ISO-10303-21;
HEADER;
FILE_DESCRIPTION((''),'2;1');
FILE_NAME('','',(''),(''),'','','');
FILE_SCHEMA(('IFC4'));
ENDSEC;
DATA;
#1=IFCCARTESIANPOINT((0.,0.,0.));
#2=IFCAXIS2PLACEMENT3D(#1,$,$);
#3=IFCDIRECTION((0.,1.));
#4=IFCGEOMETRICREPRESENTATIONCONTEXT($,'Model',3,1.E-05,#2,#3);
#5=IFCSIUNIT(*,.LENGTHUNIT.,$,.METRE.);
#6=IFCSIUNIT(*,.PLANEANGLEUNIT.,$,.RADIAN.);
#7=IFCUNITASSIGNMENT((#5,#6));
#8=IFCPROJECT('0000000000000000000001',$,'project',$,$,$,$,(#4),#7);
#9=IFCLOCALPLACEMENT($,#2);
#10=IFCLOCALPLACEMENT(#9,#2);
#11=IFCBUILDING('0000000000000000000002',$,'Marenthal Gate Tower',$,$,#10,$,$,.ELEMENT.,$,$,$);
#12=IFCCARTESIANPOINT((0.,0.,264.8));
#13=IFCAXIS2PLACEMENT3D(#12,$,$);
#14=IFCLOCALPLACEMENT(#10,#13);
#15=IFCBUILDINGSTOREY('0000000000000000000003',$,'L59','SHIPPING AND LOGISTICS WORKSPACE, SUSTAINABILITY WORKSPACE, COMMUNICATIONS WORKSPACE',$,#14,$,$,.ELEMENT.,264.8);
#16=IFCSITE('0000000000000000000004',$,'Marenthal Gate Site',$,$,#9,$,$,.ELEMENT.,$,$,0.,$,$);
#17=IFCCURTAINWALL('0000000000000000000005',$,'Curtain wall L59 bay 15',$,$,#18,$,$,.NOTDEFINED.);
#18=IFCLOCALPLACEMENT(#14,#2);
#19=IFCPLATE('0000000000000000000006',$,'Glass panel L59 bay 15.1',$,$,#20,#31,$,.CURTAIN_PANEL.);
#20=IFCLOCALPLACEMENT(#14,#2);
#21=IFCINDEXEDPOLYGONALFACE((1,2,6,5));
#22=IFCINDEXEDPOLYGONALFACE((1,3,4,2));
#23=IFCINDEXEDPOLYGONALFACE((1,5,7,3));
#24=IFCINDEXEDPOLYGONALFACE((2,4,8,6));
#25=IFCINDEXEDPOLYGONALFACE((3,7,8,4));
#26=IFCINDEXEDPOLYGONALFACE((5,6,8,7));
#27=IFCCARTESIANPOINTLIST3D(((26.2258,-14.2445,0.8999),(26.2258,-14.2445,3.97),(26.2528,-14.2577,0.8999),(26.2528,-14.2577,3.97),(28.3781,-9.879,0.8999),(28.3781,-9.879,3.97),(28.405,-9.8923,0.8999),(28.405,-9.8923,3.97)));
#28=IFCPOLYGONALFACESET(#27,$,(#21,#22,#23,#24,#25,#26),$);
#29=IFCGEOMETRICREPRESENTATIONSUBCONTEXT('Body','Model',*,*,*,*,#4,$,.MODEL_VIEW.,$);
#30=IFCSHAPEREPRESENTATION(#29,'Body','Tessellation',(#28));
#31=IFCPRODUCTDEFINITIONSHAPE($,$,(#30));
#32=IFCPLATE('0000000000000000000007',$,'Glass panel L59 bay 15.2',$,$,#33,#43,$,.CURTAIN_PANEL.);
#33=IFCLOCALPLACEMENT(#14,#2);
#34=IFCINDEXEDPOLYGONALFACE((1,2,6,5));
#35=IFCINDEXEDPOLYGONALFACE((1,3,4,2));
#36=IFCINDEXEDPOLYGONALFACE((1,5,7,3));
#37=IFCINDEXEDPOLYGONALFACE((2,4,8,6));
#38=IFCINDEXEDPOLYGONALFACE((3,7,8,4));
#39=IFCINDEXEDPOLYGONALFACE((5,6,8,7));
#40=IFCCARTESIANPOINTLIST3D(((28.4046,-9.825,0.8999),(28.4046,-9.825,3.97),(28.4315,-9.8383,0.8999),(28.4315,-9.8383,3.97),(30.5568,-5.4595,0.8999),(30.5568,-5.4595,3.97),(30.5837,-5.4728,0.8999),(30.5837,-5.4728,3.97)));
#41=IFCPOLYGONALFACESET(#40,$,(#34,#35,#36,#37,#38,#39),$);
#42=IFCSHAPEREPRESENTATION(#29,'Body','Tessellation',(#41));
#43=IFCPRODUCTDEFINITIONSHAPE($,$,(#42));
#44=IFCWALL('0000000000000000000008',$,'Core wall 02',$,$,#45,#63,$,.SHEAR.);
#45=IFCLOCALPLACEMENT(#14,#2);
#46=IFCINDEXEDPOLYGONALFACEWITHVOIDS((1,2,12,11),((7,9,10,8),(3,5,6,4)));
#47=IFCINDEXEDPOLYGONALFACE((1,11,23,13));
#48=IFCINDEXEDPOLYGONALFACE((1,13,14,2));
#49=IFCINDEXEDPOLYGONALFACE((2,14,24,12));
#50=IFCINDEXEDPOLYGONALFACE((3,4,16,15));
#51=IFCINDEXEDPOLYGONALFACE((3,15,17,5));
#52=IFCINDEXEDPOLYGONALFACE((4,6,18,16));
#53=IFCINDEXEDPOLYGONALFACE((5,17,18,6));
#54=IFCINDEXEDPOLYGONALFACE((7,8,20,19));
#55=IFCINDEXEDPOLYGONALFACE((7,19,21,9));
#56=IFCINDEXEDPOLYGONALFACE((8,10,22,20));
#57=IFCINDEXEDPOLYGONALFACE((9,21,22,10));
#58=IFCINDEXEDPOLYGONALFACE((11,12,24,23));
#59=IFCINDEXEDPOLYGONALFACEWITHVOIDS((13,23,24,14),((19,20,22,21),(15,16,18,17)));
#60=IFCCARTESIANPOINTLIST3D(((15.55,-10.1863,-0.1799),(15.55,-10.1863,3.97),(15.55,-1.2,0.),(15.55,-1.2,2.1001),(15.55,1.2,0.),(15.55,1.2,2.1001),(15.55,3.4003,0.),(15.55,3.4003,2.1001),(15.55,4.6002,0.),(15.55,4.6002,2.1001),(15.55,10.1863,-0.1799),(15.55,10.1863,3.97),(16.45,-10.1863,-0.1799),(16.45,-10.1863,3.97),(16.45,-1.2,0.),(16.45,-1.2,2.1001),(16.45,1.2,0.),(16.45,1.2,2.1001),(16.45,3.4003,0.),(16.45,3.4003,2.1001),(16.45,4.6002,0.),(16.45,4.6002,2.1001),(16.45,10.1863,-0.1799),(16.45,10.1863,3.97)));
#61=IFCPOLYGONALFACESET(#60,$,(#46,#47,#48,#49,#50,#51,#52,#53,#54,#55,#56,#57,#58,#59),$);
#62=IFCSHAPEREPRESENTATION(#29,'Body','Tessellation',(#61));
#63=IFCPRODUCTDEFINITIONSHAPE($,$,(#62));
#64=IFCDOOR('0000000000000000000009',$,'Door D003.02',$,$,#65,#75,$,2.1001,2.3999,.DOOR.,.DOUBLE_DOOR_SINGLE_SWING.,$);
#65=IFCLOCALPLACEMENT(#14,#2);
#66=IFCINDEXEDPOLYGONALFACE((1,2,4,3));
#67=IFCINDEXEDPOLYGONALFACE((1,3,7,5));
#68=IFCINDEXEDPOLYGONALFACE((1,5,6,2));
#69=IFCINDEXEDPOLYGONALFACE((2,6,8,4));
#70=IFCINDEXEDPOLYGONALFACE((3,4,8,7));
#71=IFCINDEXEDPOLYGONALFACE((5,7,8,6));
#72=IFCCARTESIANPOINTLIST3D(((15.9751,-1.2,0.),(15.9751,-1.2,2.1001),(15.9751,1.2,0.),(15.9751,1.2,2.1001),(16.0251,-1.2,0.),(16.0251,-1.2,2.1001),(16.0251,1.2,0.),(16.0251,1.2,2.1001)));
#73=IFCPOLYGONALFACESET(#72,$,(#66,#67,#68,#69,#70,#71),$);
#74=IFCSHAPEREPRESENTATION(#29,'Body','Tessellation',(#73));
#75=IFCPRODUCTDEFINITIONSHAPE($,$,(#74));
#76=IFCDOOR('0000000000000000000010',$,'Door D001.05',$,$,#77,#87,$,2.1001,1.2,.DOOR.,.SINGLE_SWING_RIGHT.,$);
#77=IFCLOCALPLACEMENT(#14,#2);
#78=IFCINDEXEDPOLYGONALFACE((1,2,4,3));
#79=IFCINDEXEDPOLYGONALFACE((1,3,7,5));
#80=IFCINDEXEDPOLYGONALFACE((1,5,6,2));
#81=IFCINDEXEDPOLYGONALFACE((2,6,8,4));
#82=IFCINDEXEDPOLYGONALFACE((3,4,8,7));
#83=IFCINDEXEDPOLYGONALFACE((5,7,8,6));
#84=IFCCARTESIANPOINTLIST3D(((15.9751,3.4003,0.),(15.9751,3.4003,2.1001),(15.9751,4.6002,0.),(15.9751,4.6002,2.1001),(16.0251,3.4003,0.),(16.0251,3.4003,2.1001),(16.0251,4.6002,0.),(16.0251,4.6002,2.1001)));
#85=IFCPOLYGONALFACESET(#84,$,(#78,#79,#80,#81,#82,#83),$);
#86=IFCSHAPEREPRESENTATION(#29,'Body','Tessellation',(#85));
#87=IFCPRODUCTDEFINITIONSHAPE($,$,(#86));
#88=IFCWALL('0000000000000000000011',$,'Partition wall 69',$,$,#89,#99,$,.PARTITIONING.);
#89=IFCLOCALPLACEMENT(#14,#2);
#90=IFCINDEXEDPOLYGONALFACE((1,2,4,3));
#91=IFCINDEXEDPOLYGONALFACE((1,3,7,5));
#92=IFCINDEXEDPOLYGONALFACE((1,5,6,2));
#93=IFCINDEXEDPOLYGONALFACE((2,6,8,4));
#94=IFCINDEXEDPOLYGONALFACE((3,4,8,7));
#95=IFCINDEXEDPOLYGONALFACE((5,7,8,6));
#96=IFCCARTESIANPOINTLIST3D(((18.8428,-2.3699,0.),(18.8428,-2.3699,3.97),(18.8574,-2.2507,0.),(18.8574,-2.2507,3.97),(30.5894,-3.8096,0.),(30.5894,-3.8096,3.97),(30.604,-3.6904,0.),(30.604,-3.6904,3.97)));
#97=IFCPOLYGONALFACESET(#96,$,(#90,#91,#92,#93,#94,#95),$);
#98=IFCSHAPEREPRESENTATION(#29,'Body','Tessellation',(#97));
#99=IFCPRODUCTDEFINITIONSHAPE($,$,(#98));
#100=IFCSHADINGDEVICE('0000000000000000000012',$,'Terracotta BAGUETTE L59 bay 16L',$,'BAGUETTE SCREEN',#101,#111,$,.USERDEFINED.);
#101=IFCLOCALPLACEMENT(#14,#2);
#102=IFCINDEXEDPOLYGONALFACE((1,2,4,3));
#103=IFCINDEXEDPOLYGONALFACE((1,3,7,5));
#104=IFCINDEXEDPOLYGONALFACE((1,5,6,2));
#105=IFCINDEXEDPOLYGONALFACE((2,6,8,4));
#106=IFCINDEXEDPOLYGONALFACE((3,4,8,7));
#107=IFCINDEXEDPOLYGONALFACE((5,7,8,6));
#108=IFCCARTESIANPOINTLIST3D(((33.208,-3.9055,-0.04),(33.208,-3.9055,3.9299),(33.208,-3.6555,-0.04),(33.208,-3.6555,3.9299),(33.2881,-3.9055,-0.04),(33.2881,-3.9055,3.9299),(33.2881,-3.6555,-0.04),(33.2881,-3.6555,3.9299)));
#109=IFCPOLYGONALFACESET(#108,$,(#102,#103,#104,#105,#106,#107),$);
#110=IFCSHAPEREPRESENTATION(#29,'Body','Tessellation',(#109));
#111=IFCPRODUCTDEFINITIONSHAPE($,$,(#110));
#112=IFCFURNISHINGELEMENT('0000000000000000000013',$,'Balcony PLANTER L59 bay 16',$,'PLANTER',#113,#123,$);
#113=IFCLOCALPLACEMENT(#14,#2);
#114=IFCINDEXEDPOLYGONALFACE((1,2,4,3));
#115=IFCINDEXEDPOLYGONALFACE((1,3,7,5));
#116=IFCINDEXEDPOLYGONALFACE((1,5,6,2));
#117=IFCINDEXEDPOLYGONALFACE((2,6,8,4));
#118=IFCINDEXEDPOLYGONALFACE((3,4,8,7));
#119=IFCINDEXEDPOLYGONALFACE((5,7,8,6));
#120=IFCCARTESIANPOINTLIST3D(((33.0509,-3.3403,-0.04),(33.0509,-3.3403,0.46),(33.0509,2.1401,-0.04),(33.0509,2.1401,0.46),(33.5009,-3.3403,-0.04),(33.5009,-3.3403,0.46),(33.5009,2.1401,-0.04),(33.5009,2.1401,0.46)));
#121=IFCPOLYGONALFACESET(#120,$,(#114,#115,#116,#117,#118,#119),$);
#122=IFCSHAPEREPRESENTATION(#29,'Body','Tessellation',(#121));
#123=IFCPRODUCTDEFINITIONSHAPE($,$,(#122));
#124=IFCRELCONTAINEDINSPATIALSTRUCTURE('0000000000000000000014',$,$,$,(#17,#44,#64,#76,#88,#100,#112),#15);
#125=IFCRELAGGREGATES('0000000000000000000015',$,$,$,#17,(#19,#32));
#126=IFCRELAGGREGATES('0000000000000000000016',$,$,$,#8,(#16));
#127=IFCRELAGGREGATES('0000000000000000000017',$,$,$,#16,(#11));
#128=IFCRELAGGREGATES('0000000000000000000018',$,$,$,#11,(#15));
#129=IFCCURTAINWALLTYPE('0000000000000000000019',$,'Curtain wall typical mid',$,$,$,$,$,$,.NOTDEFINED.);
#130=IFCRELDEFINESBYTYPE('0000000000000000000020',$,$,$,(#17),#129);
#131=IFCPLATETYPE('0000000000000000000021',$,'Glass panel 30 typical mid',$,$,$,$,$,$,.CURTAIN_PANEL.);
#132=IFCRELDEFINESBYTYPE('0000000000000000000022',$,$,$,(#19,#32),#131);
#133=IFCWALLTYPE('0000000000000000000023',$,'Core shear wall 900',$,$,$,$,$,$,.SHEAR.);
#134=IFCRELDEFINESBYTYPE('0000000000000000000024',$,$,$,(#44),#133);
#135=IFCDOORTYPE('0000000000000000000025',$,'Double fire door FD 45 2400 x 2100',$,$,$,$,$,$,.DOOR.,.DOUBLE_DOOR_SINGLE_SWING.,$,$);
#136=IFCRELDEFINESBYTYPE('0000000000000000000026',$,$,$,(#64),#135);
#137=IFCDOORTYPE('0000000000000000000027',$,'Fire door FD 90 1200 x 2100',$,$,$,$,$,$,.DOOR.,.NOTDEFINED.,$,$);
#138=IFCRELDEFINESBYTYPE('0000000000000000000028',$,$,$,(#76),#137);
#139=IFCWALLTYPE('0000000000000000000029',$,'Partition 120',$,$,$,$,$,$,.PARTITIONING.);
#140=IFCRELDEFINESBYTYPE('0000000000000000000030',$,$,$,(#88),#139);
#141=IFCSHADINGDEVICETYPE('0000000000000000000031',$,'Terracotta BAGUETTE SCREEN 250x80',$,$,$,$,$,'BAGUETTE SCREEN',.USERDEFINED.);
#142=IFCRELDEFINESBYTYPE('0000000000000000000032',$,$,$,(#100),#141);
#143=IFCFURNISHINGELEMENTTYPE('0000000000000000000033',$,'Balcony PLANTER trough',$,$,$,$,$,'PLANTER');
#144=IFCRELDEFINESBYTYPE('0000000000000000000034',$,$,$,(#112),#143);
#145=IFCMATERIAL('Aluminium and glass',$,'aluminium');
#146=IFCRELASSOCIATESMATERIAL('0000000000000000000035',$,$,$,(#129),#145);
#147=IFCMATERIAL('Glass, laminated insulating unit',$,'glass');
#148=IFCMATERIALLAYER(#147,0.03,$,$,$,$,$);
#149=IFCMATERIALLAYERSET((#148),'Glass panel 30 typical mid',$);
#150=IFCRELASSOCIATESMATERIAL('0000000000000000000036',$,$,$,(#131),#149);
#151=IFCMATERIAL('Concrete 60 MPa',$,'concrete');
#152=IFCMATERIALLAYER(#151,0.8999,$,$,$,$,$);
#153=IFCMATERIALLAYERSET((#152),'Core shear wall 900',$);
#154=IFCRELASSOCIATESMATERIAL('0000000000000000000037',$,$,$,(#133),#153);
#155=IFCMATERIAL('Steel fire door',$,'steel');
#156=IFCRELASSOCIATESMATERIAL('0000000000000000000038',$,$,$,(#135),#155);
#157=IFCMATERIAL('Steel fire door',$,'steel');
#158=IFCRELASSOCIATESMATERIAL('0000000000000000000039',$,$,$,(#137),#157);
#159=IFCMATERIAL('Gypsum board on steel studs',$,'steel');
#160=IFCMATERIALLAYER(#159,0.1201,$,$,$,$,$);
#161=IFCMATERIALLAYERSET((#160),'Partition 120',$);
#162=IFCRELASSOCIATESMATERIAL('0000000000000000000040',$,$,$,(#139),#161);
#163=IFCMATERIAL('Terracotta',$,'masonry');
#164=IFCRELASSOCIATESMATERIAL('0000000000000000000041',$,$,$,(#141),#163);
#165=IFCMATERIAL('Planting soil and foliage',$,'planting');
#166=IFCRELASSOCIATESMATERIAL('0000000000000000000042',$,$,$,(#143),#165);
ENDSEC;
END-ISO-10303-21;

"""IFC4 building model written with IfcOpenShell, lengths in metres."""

from ifc_helpers import new_model, si_unit, direction, frame, frame_2d, origin, origin_2d, place, context, subcontext, project, spatial, rectangle, extrude, material, layer, layer_set, material_profile, profile_set, type_object, element, fill, aggregate, save


model = new_model("IFC4")

# Units and contexts
model_context = context("Model", 3, precision=1e-05, world=origin(), true_north=direction((0.0, 1.0)))
body_context = subcontext(model_context, "Body", "Model", "MODEL_VIEW")
ifc_project = project(units=[si_unit("LENGTHUNIT", "METRE"), si_unit("PLANEANGLEUNIT", "RADIAN")], contexts=[model_context])

# Site, building, storey
site_placement = place(None, origin())
site = spatial("IfcSite", under=ifc_project, at=site_placement, Name="Marenthal Gate Site", CompositionType="ELEMENT", RefElevation=0.0)
building_placement = place(site_placement, origin())
building = spatial("IfcBuilding", under=site, at=building_placement, Name="Marenthal Gate Tower", CompositionType="ELEMENT")
storey_placement = place(building_placement, frame((0.0, 0.0, 264.8)))
storey = spatial("IfcBuildingStorey", under=building, at=storey_placement, Name="L59", Description="SHIPPING AND LOGISTICS WORKSPACE, SUSTAINABILITY WORKSPACE, COMMUNICATIONS WORKSPACE", CompositionType="ELEMENT", Elevation=264.8)

# Curtain wall
ifc_material_1 = material(Name="Aluminium and glass", Category="aluminium")
curtain_wall_type = type_object("IfcCurtainWallType", Name="Curtain wall typical mid", PredefinedType="NOTDEFINED", material=ifc_material_1)
curtain_wall_placement = place(storey_placement, origin())
curtain_wall = element("IfcCurtainWall", 1, at=curtain_wall_placement, inside=storey, type_object=curtain_wall_type, Name="Curtain wall L59 bay 15", PredefinedType="NOTDEFINED")

# Plates
ifc_material_2 = material(Name="Glass, laminated insulating unit", Category="glass")
ifc_layer_1 = layer(ifc_material_2, 0.03)
ifc_layer_set_1 = layer_set([ifc_layer_1], Name="Glass panel 30 typical mid")
plate_type = type_object("IfcPlateType", Name="Glass panel 30 typical mid", PredefinedType="CURTAIN_PANEL", material=ifc_layer_set_1)
plate_1_placement = place(storey_placement, frame((27.3154, -12.0684, 0.8999), z_axis=(0.0, 0.0, 1.0), x_axis=(0.442192, 0.896921, 0.0)))
plate_1 = element("IfcPlate", 2, at=plate_1_placement, type_object=plate_type, Name="Glass panel L59 bay 15.1", PredefinedType="CURTAIN_PANEL", context=body_context, shape_type="SweptSolid", body=[
    extrude(rectangle(XDim=4.8672, YDim=0.03, at=origin_2d()), origin(), (0.0, 0.0, 1.0), 3.0701),
])
plate_2_placement = place(storey_placement, frame((29.4941, -7.6489, 0.8999), z_axis=(0.0, 0.0, 1.0), x_axis=(0.442192, 0.896921, 0.0)))
plate_2 = element("IfcPlate", 3, at=plate_2_placement, type_object=plate_type, Name="Glass panel L59 bay 15.2", PredefinedType="CURTAIN_PANEL", context=body_context, shape_type="SweptSolid", body=[
    extrude(rectangle(XDim=4.8672, YDim=0.03, at=origin_2d()), origin(), (0.0, 0.0, 1.0), 3.0701),
])
aggregate(curtain_wall, [plate_1, plate_2])

# Wall, openings, doors
ifc_material_3 = material(Name="Concrete 60 MPa", Category="concrete")
ifc_layer_2 = layer(ifc_material_3, 0.8999)
ifc_layer_set_2 = layer_set([ifc_layer_2], Name="Core shear wall 900")
wall_type_1 = type_object("IfcWallType", Name="Core shear wall 900", PredefinedType="SHEAR", material=ifc_layer_set_2)
wall_1_placement = place(storey_placement, frame((16.0, -10.1863, -0.1799), z_axis=(0.0, 0.0, 1.0), x_axis=(0.0, 1.0, 0.0)))
wall_1 = element("IfcWall", 4, at=wall_1_placement, inside=storey, type_object=wall_type_1, Name="Core wall 02", PredefinedType="SHEAR", context=body_context, shape_type="SweptSolid", body=[
    extrude(rectangle(XDim=20.3726, YDim=0.8999, at=frame_2d((10.1863, 0.0))), origin(), (0.0, 0.0, 1.0), 4.1499),
])
opening_1_placement = place(wall_1_placement, frame((8.9863, 0.0, 0.1799)))
opening_1 = element("IfcOpeningElement", 5, at=opening_1_placement, cuts=wall_1, PredefinedType="OPENING", context=body_context, shape_type="SweptSolid", body=[
    extrude(rectangle(XDim=2.3999, YDim=2.1001, at=frame_2d((1.2, 1.05))), frame((0.0, 0.46, 0.0), z_axis=(0.0, -1.0, 0.0), x_axis=(1.0, 0.0, 0.0)), (0.0, 0.0, 1.0), 0.9199),
])
opening_2_placement = place(wall_1_placement, frame((13.5864, 0.0, 0.1799)))
opening_2 = element("IfcOpeningElement", 6, at=opening_2_placement, cuts=wall_1, PredefinedType="OPENING", context=body_context, shape_type="SweptSolid", body=[
    extrude(rectangle(XDim=1.2, YDim=2.1001, at=frame_2d((0.6001, 1.05))), frame((0.0, 0.46, 0.0), z_axis=(0.0, -1.0, 0.0), x_axis=(1.0, 0.0, 0.0)), (0.0, 0.0, 1.0), 0.9199),
])
ifc_material_4 = material(Name="Steel fire door", Category="steel")
door_type_1 = type_object("IfcDoorType", Name="Double fire door FD 45 2400 x 2100", OperationType="DOUBLE_DOOR_SINGLE_SWING", PredefinedType="DOOR", material=ifc_material_4)
door_1_placement = place(opening_1_placement, origin())
door_1 = element("IfcDoor", 7, at=door_1_placement, inside=storey, type_object=door_type_1, Name="Door D003.02", OperationType="DOUBLE_DOOR_SINGLE_SWING", OverallHeight=2.1001, OverallWidth=2.3999, PredefinedType="DOOR", context=body_context, shape_type="SweptSolid", body=[
    extrude(rectangle(XDim=2.3999, YDim=2.1001, at=frame_2d((1.2, 1.05))), frame((0.0, 0.0249, 0.0), z_axis=(0.0, -1.0, 0.0), x_axis=(1.0, 0.0, 0.0)), (0.0, 0.0, 1.0), 0.05),
])
fill(opening_1, door_1)
ifc_material_5 = material(Name="Steel fire door", Category="steel")
door_type_2 = type_object("IfcDoorType", Name="Fire door FD 90 1200 x 2100", OperationType="NOTDEFINED", PredefinedType="DOOR", material=ifc_material_5)
door_2_placement = place(opening_2_placement, origin())
door_2 = element("IfcDoor", 8, at=door_2_placement, inside=storey, type_object=door_type_2, Name="Door D001.05", OperationType="SINGLE_SWING_RIGHT", OverallHeight=2.1001, OverallWidth=1.2, PredefinedType="DOOR", context=body_context, shape_type="SweptSolid", body=[
    extrude(rectangle(XDim=1.2, YDim=2.1001, at=frame_2d((0.6001, 1.05))), frame((0.0, 0.0249, 0.0), z_axis=(0.0, -1.0, 0.0), x_axis=(1.0, 0.0, 0.0)), (0.0, 0.0, 1.0), 0.05),
])
fill(opening_2, door_2)

# Wall
ifc_material_6 = material(Name="Gypsum board on steel studs", Category="steel")
ifc_layer_3 = layer(ifc_material_6, 0.1201)
ifc_layer_set_3 = layer_set([ifc_layer_3], Name="Partition 120")
wall_type_2 = type_object("IfcWallType", Name="Partition 120", PredefinedType="PARTITIONING", material=ifc_layer_set_3)
wall_2_placement = place(storey_placement, frame((18.8501, -2.3103, 0.0), z_axis=(0.0, 0.0, 1.0), x_axis=(0.992573, -0.121653, 0.0)))
element("IfcWall", 9, at=wall_2_placement, inside=storey, type_object=wall_type_2, Name="Partition wall 69", PredefinedType="PARTITIONING", context=body_context, shape_type="SweptSolid", body=[
    extrude(rectangle(XDim=11.8345, YDim=0.1201, at=frame_2d((5.9172, 0.0))), origin(), (0.0, 0.0, 1.0), 3.97),
])

# Shading device
ifc_material_7 = material(Name="Terracotta", Category="masonry")
ifc_material_profile_1 = material_profile(ifc_material_7, rectangle(XDim=0.25, YDim=0.0801, at=origin_2d()), Name="Terracotta baguette 250x80")
ifc_profile_set_1 = profile_set([ifc_material_profile_1], Name="Terracotta")
shading_device_type = type_object("IfcShadingDeviceType", Name="Terracotta BAGUETTE SCREEN 250x80", ElementType="BAGUETTE SCREEN", PredefinedType="USERDEFINED", material=ifc_profile_set_1)
shading_device_placement = place(storey_placement, frame((33.248, -3.7805, -0.04), z_axis=(0.0, 0.0, 1.0), x_axis=(0.0, 1.0, 0.0)))
element("IfcShadingDevice", 10, at=shading_device_placement, inside=storey, type_object=shading_device_type, Name="Terracotta BAGUETTE L59 bay 16L", ObjectType="BAGUETTE SCREEN", PredefinedType="USERDEFINED", context=body_context, shape_type="SweptSolid", body=[
    extrude(rectangle(XDim=0.25, YDim=0.0801, at=origin_2d()), origin(), (0.0, 0.0, 1.0), 3.97),
])

# Furnishing element
ifc_material_8 = material(Name="Planting soil and foliage", Category="planting")
furnishing_element_type = type_object("IfcFurnishingElementType", Name="Balcony PLANTER trough", ElementType="PLANTER", material=ifc_material_8)
furnishing_placement = place(storey_placement, frame((33.2759, -0.6001, -0.04), z_axis=(0.0, 0.0, 1.0), x_axis=(0.0, 1.0, 0.0)))
element("IfcFurnishingElement", 11, at=furnishing_placement, inside=storey, type_object=furnishing_element_type, Name="Balcony PLANTER L59 bay 16", ObjectType="PLANTER", context=body_context, shape_type="SweptSolid", body=[
    extrude(rectangle(XDim=5.4805, YDim=0.45, at=origin_2d()), origin(), (0.0, 0.0, 1.0), 0.5),
])

save(model, "model.ifc")
